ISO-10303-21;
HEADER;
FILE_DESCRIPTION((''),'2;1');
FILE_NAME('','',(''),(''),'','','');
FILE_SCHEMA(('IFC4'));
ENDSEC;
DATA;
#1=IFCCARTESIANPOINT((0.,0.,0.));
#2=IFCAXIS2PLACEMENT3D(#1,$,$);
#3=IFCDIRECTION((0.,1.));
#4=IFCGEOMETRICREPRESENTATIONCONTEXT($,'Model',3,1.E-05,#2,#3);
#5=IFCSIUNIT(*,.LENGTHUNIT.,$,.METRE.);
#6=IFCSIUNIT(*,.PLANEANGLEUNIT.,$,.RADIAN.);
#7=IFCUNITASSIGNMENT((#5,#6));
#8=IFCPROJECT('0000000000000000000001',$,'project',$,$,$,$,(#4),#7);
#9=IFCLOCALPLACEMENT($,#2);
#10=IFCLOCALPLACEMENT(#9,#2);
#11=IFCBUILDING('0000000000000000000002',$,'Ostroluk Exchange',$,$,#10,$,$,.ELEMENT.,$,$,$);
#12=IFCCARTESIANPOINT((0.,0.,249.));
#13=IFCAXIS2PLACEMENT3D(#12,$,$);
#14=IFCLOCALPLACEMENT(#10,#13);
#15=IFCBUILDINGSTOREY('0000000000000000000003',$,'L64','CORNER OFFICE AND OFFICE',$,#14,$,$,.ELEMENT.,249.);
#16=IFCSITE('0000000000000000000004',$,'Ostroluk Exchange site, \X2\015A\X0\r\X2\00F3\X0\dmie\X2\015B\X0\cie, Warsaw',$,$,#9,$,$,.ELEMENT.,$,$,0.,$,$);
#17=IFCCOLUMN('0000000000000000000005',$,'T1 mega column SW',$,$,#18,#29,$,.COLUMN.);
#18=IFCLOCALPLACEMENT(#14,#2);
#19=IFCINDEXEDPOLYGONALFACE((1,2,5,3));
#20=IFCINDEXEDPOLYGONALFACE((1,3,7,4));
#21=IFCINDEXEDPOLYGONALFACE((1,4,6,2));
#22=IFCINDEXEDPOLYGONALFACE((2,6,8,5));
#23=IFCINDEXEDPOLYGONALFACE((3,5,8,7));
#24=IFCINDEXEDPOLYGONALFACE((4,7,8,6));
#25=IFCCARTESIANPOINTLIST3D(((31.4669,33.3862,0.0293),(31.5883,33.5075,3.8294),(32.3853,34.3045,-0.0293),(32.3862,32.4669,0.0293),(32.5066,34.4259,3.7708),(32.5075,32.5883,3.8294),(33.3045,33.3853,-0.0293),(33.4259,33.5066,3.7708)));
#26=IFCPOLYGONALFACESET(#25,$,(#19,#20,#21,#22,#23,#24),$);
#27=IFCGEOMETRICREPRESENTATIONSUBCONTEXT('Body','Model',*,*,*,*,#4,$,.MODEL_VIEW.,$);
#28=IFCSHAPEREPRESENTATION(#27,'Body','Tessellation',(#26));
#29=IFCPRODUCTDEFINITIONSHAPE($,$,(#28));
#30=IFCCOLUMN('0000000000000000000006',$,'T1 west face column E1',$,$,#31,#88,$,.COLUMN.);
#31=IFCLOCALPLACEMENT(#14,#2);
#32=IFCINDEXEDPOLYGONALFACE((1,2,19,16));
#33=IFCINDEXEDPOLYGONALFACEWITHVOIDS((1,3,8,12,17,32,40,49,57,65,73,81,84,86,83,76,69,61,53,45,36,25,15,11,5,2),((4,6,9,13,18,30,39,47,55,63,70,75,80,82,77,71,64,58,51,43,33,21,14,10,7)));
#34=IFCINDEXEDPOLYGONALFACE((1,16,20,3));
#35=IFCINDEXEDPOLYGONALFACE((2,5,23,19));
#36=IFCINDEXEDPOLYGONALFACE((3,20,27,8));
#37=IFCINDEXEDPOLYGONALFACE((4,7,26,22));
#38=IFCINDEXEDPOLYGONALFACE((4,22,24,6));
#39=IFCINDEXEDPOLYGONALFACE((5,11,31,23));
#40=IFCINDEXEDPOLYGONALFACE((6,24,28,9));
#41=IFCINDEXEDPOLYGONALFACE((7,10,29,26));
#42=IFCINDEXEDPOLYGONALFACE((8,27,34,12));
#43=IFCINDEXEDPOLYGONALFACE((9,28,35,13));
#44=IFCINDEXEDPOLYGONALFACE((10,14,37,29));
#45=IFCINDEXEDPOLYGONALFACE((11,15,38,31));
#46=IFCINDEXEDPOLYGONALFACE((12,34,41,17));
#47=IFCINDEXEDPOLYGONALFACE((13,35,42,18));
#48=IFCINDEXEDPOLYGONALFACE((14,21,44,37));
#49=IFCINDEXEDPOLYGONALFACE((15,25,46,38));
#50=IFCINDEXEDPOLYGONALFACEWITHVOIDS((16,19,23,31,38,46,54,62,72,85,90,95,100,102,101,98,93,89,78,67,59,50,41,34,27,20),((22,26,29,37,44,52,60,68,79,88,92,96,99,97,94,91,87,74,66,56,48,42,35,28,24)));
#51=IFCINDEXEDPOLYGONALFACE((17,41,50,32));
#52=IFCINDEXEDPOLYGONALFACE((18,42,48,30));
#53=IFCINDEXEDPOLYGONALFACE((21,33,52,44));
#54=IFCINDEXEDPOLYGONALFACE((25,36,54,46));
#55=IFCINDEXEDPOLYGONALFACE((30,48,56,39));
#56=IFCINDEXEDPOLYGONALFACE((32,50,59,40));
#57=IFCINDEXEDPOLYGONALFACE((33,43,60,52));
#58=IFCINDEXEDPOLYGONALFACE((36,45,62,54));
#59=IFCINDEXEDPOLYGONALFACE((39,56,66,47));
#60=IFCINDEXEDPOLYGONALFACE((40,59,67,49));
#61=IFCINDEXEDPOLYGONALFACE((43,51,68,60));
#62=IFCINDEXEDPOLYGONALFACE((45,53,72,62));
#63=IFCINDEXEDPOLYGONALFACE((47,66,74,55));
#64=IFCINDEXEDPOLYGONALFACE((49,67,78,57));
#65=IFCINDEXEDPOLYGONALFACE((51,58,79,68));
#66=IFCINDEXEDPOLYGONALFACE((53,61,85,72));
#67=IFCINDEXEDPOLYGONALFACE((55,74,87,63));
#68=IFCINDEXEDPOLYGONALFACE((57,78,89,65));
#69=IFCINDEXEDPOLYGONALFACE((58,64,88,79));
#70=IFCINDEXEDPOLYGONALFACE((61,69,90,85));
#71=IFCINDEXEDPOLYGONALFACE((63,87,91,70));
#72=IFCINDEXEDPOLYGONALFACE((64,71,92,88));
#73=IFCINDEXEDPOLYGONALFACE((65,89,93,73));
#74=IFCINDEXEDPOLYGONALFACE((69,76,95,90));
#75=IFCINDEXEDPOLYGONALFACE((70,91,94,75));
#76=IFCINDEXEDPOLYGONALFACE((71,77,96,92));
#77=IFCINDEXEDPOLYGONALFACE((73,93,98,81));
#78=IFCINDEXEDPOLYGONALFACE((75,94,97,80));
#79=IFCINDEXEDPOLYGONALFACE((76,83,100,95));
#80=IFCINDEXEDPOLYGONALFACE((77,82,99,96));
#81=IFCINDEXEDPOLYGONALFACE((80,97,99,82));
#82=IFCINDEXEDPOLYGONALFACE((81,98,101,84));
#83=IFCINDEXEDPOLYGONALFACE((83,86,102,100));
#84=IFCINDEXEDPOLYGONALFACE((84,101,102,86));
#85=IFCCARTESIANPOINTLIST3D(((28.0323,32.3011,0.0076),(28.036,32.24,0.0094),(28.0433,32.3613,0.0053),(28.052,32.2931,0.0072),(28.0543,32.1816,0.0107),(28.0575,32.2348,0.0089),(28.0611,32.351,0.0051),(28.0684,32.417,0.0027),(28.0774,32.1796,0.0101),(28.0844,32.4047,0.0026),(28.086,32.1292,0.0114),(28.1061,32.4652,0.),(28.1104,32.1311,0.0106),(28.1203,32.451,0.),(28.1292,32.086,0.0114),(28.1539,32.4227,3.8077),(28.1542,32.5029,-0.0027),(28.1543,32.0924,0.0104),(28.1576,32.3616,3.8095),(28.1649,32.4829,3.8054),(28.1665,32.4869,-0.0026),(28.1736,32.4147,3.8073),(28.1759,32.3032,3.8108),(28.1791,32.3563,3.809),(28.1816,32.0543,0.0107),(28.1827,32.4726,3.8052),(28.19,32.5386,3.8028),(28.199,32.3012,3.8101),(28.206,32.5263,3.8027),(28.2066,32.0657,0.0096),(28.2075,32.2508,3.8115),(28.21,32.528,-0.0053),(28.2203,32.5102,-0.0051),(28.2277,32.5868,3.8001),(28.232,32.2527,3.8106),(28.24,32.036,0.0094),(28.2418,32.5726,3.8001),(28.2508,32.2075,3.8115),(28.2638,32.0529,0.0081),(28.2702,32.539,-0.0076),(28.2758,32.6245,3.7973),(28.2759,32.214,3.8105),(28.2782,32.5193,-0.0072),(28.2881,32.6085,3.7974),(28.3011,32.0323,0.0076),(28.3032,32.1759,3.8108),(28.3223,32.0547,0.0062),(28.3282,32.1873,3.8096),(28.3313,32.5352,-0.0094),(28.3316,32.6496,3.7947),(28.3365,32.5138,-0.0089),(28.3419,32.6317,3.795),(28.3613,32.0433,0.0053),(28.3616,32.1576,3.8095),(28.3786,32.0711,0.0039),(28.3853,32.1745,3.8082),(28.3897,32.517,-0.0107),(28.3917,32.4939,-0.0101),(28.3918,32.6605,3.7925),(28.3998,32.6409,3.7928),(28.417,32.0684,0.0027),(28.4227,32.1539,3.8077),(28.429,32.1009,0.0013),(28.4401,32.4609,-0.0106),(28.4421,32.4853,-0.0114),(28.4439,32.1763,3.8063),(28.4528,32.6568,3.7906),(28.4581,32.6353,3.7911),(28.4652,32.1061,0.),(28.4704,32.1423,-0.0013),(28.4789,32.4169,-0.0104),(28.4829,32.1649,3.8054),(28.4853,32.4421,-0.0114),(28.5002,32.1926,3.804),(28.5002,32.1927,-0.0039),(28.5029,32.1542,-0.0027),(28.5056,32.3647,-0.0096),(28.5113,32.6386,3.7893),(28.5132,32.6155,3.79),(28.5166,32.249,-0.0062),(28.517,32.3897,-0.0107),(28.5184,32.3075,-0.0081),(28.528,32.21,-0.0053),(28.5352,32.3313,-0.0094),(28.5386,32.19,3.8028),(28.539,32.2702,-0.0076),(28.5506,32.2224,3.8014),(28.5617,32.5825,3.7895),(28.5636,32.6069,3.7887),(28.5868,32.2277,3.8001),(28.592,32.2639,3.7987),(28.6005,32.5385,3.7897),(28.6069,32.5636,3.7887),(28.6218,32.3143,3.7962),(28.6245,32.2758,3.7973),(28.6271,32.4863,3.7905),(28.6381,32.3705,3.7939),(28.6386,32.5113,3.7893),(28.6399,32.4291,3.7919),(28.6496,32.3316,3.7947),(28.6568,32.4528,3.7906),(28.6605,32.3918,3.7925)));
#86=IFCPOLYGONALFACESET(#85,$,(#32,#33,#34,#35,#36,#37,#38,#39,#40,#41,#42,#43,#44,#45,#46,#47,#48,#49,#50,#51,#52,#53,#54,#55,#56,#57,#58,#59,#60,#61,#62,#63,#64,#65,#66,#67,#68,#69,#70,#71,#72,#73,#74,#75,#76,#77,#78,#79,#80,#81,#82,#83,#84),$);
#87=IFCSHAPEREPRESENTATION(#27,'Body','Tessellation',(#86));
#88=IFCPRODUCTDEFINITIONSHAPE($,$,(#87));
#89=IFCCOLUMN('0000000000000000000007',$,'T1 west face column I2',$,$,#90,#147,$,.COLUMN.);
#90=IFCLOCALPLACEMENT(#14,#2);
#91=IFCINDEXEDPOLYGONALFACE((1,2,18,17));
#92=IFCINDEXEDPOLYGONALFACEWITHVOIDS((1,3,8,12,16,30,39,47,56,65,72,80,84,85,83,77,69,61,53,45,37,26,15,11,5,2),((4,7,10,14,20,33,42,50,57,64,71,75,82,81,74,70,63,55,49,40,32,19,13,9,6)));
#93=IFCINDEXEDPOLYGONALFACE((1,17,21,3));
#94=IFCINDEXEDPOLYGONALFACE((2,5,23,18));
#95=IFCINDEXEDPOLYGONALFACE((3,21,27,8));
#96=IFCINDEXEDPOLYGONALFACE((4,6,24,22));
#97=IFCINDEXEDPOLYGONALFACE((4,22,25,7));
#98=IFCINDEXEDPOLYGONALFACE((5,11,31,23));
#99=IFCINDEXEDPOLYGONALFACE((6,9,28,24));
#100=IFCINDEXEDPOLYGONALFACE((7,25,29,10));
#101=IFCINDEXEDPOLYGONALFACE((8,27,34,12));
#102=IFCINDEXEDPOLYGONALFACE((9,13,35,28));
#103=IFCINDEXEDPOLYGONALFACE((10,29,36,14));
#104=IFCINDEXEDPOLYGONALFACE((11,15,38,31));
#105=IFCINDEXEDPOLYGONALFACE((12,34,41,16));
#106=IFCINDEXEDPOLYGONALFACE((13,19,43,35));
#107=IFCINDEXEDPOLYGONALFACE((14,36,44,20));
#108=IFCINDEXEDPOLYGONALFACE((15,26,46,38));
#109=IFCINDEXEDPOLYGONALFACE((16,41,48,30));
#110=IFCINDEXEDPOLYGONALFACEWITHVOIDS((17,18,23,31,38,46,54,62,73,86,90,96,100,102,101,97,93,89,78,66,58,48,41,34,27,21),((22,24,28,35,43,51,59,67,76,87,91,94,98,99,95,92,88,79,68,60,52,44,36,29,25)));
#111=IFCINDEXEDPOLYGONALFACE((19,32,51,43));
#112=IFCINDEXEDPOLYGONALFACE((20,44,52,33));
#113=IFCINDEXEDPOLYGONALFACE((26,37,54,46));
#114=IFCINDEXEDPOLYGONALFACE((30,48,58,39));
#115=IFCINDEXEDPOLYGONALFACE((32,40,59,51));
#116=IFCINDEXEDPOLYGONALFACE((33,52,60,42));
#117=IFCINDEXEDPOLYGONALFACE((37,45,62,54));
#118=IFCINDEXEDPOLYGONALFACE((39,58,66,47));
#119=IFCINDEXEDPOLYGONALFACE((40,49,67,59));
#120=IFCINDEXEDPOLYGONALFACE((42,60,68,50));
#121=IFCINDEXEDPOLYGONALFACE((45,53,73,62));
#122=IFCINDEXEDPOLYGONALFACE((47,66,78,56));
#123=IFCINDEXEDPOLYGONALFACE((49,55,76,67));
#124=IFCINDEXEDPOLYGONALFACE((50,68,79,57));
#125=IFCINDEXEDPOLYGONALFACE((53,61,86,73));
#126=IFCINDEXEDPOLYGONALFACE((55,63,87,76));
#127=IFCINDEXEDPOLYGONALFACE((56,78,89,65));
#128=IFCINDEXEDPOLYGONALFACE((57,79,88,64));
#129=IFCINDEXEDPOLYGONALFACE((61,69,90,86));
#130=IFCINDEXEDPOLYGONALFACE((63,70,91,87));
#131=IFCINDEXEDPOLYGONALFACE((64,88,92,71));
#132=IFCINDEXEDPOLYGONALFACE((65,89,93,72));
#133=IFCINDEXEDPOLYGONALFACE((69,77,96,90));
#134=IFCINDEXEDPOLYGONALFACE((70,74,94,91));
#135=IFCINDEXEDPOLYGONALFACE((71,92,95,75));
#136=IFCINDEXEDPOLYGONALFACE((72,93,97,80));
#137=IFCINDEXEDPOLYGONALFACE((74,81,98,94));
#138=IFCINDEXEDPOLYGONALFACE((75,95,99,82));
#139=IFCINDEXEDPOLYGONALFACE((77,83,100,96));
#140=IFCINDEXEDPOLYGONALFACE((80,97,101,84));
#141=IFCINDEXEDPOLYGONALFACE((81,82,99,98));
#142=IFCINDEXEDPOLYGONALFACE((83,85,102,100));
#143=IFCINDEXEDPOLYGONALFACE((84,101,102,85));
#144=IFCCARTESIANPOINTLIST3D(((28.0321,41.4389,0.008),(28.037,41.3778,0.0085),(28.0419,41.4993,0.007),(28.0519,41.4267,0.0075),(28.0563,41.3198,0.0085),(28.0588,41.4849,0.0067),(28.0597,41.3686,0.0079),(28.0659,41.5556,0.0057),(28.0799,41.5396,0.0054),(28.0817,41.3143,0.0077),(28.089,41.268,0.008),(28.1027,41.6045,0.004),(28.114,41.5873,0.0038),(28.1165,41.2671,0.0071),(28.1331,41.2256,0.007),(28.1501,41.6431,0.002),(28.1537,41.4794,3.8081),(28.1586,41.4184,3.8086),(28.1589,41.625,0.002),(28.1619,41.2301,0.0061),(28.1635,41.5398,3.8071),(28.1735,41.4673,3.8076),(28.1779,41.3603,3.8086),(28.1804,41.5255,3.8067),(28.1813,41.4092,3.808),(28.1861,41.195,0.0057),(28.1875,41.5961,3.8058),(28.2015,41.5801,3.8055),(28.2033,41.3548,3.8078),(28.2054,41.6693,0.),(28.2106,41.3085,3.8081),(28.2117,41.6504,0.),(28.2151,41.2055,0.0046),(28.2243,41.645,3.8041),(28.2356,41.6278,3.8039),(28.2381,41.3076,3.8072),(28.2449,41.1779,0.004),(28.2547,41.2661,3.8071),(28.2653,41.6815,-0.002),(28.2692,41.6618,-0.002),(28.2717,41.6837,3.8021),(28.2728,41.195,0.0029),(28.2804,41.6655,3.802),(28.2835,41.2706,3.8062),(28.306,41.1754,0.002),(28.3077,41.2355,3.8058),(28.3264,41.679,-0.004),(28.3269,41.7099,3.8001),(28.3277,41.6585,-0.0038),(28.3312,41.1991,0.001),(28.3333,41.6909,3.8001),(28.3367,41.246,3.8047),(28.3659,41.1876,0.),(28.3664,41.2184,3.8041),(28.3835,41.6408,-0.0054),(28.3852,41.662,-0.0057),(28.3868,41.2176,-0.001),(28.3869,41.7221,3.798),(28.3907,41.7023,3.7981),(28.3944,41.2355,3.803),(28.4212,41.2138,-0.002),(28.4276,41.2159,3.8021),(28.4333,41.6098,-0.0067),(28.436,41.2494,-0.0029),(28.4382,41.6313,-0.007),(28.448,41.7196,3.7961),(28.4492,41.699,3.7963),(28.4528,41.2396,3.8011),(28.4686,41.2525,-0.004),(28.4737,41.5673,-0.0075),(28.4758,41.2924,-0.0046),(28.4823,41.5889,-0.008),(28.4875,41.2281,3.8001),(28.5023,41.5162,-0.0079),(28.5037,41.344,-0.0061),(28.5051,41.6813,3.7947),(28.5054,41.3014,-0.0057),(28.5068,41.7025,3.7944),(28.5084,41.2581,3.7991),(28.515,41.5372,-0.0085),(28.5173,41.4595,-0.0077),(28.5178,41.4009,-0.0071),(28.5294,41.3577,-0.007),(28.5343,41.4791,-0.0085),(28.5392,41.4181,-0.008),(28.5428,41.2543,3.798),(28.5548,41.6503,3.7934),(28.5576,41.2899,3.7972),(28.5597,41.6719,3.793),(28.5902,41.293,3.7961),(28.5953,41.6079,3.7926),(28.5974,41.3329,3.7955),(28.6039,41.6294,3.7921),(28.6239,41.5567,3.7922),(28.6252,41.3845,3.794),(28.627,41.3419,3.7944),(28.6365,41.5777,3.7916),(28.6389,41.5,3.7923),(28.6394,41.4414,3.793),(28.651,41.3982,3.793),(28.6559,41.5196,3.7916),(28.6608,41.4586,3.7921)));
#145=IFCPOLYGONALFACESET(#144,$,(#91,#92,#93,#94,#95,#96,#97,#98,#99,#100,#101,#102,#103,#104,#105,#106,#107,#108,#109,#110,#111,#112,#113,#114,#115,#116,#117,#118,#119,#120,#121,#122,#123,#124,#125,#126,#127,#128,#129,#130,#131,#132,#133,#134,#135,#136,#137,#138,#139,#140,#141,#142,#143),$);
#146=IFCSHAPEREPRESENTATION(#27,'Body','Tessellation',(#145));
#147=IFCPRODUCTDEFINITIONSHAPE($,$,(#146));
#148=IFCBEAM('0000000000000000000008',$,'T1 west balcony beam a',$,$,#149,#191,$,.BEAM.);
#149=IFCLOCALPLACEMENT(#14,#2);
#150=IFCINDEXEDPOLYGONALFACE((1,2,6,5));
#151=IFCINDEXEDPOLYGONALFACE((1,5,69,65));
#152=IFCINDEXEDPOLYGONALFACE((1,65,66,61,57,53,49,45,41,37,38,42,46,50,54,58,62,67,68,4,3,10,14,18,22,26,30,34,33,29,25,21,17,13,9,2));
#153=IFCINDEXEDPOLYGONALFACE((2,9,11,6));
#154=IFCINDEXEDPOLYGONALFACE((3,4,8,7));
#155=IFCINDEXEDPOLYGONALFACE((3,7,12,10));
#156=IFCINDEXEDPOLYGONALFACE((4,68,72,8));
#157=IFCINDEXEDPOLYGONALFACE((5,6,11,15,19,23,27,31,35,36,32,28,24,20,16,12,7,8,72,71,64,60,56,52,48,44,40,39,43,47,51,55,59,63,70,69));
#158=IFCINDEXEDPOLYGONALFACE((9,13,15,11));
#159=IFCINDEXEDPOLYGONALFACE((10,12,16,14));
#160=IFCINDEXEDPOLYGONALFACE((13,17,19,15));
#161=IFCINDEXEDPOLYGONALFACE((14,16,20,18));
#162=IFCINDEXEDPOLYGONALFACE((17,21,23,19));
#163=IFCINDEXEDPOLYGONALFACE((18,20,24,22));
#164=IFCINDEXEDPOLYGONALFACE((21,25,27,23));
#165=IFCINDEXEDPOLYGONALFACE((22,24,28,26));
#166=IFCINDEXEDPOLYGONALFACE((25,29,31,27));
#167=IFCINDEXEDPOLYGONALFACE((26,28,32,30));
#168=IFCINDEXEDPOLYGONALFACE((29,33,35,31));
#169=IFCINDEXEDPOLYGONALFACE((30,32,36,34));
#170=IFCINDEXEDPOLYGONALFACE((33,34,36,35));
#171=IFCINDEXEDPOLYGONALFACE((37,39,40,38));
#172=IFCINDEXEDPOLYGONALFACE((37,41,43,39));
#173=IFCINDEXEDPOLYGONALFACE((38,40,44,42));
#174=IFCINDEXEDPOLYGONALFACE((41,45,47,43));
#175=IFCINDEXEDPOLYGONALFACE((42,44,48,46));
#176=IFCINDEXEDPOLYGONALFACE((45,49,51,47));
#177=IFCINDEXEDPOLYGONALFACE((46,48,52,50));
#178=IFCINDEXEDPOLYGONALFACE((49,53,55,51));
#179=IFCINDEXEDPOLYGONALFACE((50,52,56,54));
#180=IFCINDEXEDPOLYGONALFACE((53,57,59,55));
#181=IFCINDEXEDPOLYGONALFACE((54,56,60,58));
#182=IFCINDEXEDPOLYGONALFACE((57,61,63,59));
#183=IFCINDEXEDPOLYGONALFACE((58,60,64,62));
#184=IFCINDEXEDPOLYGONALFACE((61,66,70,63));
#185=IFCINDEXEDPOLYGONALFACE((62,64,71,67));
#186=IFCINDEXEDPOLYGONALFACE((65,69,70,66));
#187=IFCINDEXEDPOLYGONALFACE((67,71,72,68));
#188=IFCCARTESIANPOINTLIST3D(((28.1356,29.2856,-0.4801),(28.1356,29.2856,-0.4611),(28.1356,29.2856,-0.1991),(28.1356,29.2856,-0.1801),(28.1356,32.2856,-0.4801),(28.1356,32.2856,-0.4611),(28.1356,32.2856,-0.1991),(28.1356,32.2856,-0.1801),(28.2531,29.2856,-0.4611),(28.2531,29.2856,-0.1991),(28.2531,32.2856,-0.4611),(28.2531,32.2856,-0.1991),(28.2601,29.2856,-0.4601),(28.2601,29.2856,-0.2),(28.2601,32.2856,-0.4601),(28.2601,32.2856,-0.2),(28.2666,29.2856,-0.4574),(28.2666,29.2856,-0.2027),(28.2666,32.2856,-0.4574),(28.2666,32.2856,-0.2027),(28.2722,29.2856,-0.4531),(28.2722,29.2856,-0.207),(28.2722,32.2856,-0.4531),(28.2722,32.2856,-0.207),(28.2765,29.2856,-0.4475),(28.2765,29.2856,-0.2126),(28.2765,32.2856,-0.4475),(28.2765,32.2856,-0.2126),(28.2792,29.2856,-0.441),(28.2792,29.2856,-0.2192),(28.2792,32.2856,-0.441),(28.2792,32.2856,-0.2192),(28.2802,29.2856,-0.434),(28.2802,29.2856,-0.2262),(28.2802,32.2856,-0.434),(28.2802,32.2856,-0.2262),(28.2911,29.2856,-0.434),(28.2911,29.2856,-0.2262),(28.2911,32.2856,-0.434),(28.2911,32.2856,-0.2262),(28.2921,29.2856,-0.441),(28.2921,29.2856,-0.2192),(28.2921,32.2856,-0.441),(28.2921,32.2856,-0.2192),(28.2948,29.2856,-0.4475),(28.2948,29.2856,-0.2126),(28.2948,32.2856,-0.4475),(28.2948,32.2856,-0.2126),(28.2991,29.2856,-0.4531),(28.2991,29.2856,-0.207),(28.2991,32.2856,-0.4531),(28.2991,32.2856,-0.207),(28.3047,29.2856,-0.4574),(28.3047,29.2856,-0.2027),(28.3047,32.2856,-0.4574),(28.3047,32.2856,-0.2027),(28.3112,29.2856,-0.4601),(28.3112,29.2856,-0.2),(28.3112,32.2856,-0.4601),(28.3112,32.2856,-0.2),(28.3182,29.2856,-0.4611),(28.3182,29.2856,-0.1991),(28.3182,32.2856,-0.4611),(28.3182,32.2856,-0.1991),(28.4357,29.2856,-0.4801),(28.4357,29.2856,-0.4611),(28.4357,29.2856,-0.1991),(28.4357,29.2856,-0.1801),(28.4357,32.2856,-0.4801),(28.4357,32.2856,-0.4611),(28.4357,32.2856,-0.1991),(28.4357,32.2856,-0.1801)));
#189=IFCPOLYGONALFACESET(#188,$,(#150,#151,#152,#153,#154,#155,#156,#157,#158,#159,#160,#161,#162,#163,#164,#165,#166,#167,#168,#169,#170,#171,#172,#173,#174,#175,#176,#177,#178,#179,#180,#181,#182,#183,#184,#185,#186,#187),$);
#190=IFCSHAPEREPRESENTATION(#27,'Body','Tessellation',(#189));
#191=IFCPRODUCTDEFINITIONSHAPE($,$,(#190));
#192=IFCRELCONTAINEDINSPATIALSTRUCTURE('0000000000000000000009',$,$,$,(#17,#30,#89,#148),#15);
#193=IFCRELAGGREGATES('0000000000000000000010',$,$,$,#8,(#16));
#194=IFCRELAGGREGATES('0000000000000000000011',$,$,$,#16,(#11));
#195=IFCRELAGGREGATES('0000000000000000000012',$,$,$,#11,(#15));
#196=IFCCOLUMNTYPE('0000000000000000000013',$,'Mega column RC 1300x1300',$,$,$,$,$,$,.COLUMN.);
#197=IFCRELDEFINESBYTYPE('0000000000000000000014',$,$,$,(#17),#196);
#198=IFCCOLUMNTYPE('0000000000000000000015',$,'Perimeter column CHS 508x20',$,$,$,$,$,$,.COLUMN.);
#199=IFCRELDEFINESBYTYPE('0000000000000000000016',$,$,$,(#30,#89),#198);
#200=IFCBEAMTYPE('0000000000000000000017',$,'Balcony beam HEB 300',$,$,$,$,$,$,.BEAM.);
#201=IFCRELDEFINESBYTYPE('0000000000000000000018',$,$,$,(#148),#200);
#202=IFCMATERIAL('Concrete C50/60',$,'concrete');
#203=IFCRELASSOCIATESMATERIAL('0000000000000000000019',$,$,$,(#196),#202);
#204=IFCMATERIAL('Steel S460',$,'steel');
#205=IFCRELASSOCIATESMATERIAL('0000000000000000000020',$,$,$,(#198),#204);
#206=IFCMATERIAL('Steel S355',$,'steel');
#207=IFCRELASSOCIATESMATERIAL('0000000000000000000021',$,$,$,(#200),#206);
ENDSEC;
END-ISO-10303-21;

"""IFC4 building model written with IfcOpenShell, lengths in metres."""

from ifc_helpers import new_model, si_unit, direction, frame, origin, origin_2d, place, context, subcontext, project, spatial, rectangle, hollow_circle, i_section, extrude, material, material_profile, profile_set, type_object, element, save


model = new_model("IFC4")

# Units and contexts
model_context = context("Model", 3, precision=1e-05, world=origin(), true_north=direction((0.0, 1.0)))
body_context = subcontext(model_context, "Body", "Model", "MODEL_VIEW")
ifc_project = project(units=[si_unit("LENGTHUNIT", "METRE"), si_unit("PLANEANGLEUNIT", "RADIAN")], contexts=[model_context])

# Site, building, storey
site_placement = place(None, origin())
site = spatial("IfcSite", under=ifc_project, at=site_placement, Name="Ostroluk Exchange site, Śródmieście, Warsaw", CompositionType="ELEMENT", RefElevation=0.0)
building_placement = place(site_placement, origin())
building = spatial("IfcBuilding", under=site, at=building_placement, Name="Ostroluk Exchange", CompositionType="ELEMENT")
storey_placement = place(building_placement, frame((0.0, 0.0, 249.0)))
storey = spatial("IfcBuildingStorey", under=building, at=storey_placement, Name="L64", Description="CORNER OFFICE AND OFFICE", CompositionType="ELEMENT", Elevation=249.0)

# Columns
ifc_material_1 = material(Name="Concrete C50/60", Category="concrete")
ifc_material_profile_1 = material_profile(ifc_material_1, rectangle(XDim=1.3, YDim=1.3, at=origin_2d()), Name="RC 1300x1300")
ifc_profile_set_1 = profile_set([ifc_material_profile_1], Name="Concrete C50/60")
column_type_1 = type_object("IfcColumnType", Name="Mega column RC 1300x1300", PredefinedType="COLUMN", material=ifc_profile_set_1)
column_1_placement = place(storey_placement, frame((32.3857, 33.3857, 0.0), z_axis=(0.031898, 0.031898, 0.998982), x_axis=(-0.707107, 0.707107, 0.0)))
element("IfcColumn", 1, at=column_1_placement, inside=storey, type_object=column_type_1, Name="T1 mega column SW", PredefinedType="COLUMN", context=body_context, shape_type="SweptSolid", body=[
    extrude(rectangle(XDim=1.3, YDim=1.3, at=origin_2d()), origin(), (0.0, 0.0, 1.0), 3.804),
])
ifc_material_2 = material(Name="Steel S460", Category="steel")
ifc_material_profile_2 = material_profile(ifc_material_2, hollow_circle(Radius=0.2539, WallThickness=0.02, at=origin_2d()), Name="CHS 508x20")
ifc_profile_set_2 = profile_set([ifc_material_profile_2], Name="Steel S460")
column_type_2 = type_object("IfcColumnType", Name="Perimeter column CHS 508x20", PredefinedType="COLUMN", material=ifc_profile_set_2)
column_2_placement = place(storey_placement, frame((28.2856, 32.2856, 0.0), z_axis=(0.031962, 0.031962, 0.998978), x_axis=(-0.707107, 0.707107, 0.0)))
element("IfcColumn", 2, at=column_2_placement, inside=storey, type_object=column_type_2, Name="T1 west face column E1", PredefinedType="COLUMN", context=body_context, shape_type="SweptSolid", body=[
    extrude(hollow_circle(Radius=0.2539, WallThickness=0.02, at=origin_2d()), origin(), (0.0, 0.0, 1.0), 3.804),
])
column_3_placement = place(storey_placement, frame((28.2856, 41.4285, 0.0), z_axis=(0.031977, 0.010659, 0.999432), x_axis=(-0.316228, 0.948683, 0.0)))
element("IfcColumn", 3, at=column_3_placement, inside=storey, type_object=column_type_2, Name="T1 west face column I2", PredefinedType="COLUMN", context=body_context, shape_type="SweptSolid", body=[
    extrude(hollow_circle(Radius=0.2539, WallThickness=0.02, at=origin_2d()), origin(), (0.0, 0.0, 1.0), 3.8022),
])

# Beam
ifc_material_3 = material(Name="Steel S355", Category="steel")
ifc_material_profile_3 = material_profile(ifc_material_3, i_section(OverallWidth=0.3, OverallDepth=0.3, WebThickness=0.011, FlangeThickness=0.019, FilletRadius=0.0271, at=origin_2d()), Name="HEB 300")
ifc_profile_set_3 = profile_set([ifc_material_profile_3], Name="Steel S355")
beam_type_1 = type_object("IfcBeamType", Name="Balcony beam HEB 300", PredefinedType="BEAM", material=ifc_profile_set_3)
beam_1_placement = place(storey_placement, frame((28.2856, 32.2856, -0.3301), z_axis=(0.0, -1.0, 0.0), x_axis=(1.0, 0.0, 0.0)))
element("IfcBeam", 4, at=beam_1_placement, inside=storey, type_object=beam_type_1, Name="T1 west balcony beam a", PredefinedType="BEAM", context=body_context, shape_type="SweptSolid", body=[
    extrude(i_section(OverallWidth=0.3, OverallDepth=0.3, WebThickness=0.011, FlangeThickness=0.019, FilletRadius=0.0271, at=origin_2d()), origin(), (0.0, 0.0, 1.0), 3.0),
])

save(model, "model.ifc")
